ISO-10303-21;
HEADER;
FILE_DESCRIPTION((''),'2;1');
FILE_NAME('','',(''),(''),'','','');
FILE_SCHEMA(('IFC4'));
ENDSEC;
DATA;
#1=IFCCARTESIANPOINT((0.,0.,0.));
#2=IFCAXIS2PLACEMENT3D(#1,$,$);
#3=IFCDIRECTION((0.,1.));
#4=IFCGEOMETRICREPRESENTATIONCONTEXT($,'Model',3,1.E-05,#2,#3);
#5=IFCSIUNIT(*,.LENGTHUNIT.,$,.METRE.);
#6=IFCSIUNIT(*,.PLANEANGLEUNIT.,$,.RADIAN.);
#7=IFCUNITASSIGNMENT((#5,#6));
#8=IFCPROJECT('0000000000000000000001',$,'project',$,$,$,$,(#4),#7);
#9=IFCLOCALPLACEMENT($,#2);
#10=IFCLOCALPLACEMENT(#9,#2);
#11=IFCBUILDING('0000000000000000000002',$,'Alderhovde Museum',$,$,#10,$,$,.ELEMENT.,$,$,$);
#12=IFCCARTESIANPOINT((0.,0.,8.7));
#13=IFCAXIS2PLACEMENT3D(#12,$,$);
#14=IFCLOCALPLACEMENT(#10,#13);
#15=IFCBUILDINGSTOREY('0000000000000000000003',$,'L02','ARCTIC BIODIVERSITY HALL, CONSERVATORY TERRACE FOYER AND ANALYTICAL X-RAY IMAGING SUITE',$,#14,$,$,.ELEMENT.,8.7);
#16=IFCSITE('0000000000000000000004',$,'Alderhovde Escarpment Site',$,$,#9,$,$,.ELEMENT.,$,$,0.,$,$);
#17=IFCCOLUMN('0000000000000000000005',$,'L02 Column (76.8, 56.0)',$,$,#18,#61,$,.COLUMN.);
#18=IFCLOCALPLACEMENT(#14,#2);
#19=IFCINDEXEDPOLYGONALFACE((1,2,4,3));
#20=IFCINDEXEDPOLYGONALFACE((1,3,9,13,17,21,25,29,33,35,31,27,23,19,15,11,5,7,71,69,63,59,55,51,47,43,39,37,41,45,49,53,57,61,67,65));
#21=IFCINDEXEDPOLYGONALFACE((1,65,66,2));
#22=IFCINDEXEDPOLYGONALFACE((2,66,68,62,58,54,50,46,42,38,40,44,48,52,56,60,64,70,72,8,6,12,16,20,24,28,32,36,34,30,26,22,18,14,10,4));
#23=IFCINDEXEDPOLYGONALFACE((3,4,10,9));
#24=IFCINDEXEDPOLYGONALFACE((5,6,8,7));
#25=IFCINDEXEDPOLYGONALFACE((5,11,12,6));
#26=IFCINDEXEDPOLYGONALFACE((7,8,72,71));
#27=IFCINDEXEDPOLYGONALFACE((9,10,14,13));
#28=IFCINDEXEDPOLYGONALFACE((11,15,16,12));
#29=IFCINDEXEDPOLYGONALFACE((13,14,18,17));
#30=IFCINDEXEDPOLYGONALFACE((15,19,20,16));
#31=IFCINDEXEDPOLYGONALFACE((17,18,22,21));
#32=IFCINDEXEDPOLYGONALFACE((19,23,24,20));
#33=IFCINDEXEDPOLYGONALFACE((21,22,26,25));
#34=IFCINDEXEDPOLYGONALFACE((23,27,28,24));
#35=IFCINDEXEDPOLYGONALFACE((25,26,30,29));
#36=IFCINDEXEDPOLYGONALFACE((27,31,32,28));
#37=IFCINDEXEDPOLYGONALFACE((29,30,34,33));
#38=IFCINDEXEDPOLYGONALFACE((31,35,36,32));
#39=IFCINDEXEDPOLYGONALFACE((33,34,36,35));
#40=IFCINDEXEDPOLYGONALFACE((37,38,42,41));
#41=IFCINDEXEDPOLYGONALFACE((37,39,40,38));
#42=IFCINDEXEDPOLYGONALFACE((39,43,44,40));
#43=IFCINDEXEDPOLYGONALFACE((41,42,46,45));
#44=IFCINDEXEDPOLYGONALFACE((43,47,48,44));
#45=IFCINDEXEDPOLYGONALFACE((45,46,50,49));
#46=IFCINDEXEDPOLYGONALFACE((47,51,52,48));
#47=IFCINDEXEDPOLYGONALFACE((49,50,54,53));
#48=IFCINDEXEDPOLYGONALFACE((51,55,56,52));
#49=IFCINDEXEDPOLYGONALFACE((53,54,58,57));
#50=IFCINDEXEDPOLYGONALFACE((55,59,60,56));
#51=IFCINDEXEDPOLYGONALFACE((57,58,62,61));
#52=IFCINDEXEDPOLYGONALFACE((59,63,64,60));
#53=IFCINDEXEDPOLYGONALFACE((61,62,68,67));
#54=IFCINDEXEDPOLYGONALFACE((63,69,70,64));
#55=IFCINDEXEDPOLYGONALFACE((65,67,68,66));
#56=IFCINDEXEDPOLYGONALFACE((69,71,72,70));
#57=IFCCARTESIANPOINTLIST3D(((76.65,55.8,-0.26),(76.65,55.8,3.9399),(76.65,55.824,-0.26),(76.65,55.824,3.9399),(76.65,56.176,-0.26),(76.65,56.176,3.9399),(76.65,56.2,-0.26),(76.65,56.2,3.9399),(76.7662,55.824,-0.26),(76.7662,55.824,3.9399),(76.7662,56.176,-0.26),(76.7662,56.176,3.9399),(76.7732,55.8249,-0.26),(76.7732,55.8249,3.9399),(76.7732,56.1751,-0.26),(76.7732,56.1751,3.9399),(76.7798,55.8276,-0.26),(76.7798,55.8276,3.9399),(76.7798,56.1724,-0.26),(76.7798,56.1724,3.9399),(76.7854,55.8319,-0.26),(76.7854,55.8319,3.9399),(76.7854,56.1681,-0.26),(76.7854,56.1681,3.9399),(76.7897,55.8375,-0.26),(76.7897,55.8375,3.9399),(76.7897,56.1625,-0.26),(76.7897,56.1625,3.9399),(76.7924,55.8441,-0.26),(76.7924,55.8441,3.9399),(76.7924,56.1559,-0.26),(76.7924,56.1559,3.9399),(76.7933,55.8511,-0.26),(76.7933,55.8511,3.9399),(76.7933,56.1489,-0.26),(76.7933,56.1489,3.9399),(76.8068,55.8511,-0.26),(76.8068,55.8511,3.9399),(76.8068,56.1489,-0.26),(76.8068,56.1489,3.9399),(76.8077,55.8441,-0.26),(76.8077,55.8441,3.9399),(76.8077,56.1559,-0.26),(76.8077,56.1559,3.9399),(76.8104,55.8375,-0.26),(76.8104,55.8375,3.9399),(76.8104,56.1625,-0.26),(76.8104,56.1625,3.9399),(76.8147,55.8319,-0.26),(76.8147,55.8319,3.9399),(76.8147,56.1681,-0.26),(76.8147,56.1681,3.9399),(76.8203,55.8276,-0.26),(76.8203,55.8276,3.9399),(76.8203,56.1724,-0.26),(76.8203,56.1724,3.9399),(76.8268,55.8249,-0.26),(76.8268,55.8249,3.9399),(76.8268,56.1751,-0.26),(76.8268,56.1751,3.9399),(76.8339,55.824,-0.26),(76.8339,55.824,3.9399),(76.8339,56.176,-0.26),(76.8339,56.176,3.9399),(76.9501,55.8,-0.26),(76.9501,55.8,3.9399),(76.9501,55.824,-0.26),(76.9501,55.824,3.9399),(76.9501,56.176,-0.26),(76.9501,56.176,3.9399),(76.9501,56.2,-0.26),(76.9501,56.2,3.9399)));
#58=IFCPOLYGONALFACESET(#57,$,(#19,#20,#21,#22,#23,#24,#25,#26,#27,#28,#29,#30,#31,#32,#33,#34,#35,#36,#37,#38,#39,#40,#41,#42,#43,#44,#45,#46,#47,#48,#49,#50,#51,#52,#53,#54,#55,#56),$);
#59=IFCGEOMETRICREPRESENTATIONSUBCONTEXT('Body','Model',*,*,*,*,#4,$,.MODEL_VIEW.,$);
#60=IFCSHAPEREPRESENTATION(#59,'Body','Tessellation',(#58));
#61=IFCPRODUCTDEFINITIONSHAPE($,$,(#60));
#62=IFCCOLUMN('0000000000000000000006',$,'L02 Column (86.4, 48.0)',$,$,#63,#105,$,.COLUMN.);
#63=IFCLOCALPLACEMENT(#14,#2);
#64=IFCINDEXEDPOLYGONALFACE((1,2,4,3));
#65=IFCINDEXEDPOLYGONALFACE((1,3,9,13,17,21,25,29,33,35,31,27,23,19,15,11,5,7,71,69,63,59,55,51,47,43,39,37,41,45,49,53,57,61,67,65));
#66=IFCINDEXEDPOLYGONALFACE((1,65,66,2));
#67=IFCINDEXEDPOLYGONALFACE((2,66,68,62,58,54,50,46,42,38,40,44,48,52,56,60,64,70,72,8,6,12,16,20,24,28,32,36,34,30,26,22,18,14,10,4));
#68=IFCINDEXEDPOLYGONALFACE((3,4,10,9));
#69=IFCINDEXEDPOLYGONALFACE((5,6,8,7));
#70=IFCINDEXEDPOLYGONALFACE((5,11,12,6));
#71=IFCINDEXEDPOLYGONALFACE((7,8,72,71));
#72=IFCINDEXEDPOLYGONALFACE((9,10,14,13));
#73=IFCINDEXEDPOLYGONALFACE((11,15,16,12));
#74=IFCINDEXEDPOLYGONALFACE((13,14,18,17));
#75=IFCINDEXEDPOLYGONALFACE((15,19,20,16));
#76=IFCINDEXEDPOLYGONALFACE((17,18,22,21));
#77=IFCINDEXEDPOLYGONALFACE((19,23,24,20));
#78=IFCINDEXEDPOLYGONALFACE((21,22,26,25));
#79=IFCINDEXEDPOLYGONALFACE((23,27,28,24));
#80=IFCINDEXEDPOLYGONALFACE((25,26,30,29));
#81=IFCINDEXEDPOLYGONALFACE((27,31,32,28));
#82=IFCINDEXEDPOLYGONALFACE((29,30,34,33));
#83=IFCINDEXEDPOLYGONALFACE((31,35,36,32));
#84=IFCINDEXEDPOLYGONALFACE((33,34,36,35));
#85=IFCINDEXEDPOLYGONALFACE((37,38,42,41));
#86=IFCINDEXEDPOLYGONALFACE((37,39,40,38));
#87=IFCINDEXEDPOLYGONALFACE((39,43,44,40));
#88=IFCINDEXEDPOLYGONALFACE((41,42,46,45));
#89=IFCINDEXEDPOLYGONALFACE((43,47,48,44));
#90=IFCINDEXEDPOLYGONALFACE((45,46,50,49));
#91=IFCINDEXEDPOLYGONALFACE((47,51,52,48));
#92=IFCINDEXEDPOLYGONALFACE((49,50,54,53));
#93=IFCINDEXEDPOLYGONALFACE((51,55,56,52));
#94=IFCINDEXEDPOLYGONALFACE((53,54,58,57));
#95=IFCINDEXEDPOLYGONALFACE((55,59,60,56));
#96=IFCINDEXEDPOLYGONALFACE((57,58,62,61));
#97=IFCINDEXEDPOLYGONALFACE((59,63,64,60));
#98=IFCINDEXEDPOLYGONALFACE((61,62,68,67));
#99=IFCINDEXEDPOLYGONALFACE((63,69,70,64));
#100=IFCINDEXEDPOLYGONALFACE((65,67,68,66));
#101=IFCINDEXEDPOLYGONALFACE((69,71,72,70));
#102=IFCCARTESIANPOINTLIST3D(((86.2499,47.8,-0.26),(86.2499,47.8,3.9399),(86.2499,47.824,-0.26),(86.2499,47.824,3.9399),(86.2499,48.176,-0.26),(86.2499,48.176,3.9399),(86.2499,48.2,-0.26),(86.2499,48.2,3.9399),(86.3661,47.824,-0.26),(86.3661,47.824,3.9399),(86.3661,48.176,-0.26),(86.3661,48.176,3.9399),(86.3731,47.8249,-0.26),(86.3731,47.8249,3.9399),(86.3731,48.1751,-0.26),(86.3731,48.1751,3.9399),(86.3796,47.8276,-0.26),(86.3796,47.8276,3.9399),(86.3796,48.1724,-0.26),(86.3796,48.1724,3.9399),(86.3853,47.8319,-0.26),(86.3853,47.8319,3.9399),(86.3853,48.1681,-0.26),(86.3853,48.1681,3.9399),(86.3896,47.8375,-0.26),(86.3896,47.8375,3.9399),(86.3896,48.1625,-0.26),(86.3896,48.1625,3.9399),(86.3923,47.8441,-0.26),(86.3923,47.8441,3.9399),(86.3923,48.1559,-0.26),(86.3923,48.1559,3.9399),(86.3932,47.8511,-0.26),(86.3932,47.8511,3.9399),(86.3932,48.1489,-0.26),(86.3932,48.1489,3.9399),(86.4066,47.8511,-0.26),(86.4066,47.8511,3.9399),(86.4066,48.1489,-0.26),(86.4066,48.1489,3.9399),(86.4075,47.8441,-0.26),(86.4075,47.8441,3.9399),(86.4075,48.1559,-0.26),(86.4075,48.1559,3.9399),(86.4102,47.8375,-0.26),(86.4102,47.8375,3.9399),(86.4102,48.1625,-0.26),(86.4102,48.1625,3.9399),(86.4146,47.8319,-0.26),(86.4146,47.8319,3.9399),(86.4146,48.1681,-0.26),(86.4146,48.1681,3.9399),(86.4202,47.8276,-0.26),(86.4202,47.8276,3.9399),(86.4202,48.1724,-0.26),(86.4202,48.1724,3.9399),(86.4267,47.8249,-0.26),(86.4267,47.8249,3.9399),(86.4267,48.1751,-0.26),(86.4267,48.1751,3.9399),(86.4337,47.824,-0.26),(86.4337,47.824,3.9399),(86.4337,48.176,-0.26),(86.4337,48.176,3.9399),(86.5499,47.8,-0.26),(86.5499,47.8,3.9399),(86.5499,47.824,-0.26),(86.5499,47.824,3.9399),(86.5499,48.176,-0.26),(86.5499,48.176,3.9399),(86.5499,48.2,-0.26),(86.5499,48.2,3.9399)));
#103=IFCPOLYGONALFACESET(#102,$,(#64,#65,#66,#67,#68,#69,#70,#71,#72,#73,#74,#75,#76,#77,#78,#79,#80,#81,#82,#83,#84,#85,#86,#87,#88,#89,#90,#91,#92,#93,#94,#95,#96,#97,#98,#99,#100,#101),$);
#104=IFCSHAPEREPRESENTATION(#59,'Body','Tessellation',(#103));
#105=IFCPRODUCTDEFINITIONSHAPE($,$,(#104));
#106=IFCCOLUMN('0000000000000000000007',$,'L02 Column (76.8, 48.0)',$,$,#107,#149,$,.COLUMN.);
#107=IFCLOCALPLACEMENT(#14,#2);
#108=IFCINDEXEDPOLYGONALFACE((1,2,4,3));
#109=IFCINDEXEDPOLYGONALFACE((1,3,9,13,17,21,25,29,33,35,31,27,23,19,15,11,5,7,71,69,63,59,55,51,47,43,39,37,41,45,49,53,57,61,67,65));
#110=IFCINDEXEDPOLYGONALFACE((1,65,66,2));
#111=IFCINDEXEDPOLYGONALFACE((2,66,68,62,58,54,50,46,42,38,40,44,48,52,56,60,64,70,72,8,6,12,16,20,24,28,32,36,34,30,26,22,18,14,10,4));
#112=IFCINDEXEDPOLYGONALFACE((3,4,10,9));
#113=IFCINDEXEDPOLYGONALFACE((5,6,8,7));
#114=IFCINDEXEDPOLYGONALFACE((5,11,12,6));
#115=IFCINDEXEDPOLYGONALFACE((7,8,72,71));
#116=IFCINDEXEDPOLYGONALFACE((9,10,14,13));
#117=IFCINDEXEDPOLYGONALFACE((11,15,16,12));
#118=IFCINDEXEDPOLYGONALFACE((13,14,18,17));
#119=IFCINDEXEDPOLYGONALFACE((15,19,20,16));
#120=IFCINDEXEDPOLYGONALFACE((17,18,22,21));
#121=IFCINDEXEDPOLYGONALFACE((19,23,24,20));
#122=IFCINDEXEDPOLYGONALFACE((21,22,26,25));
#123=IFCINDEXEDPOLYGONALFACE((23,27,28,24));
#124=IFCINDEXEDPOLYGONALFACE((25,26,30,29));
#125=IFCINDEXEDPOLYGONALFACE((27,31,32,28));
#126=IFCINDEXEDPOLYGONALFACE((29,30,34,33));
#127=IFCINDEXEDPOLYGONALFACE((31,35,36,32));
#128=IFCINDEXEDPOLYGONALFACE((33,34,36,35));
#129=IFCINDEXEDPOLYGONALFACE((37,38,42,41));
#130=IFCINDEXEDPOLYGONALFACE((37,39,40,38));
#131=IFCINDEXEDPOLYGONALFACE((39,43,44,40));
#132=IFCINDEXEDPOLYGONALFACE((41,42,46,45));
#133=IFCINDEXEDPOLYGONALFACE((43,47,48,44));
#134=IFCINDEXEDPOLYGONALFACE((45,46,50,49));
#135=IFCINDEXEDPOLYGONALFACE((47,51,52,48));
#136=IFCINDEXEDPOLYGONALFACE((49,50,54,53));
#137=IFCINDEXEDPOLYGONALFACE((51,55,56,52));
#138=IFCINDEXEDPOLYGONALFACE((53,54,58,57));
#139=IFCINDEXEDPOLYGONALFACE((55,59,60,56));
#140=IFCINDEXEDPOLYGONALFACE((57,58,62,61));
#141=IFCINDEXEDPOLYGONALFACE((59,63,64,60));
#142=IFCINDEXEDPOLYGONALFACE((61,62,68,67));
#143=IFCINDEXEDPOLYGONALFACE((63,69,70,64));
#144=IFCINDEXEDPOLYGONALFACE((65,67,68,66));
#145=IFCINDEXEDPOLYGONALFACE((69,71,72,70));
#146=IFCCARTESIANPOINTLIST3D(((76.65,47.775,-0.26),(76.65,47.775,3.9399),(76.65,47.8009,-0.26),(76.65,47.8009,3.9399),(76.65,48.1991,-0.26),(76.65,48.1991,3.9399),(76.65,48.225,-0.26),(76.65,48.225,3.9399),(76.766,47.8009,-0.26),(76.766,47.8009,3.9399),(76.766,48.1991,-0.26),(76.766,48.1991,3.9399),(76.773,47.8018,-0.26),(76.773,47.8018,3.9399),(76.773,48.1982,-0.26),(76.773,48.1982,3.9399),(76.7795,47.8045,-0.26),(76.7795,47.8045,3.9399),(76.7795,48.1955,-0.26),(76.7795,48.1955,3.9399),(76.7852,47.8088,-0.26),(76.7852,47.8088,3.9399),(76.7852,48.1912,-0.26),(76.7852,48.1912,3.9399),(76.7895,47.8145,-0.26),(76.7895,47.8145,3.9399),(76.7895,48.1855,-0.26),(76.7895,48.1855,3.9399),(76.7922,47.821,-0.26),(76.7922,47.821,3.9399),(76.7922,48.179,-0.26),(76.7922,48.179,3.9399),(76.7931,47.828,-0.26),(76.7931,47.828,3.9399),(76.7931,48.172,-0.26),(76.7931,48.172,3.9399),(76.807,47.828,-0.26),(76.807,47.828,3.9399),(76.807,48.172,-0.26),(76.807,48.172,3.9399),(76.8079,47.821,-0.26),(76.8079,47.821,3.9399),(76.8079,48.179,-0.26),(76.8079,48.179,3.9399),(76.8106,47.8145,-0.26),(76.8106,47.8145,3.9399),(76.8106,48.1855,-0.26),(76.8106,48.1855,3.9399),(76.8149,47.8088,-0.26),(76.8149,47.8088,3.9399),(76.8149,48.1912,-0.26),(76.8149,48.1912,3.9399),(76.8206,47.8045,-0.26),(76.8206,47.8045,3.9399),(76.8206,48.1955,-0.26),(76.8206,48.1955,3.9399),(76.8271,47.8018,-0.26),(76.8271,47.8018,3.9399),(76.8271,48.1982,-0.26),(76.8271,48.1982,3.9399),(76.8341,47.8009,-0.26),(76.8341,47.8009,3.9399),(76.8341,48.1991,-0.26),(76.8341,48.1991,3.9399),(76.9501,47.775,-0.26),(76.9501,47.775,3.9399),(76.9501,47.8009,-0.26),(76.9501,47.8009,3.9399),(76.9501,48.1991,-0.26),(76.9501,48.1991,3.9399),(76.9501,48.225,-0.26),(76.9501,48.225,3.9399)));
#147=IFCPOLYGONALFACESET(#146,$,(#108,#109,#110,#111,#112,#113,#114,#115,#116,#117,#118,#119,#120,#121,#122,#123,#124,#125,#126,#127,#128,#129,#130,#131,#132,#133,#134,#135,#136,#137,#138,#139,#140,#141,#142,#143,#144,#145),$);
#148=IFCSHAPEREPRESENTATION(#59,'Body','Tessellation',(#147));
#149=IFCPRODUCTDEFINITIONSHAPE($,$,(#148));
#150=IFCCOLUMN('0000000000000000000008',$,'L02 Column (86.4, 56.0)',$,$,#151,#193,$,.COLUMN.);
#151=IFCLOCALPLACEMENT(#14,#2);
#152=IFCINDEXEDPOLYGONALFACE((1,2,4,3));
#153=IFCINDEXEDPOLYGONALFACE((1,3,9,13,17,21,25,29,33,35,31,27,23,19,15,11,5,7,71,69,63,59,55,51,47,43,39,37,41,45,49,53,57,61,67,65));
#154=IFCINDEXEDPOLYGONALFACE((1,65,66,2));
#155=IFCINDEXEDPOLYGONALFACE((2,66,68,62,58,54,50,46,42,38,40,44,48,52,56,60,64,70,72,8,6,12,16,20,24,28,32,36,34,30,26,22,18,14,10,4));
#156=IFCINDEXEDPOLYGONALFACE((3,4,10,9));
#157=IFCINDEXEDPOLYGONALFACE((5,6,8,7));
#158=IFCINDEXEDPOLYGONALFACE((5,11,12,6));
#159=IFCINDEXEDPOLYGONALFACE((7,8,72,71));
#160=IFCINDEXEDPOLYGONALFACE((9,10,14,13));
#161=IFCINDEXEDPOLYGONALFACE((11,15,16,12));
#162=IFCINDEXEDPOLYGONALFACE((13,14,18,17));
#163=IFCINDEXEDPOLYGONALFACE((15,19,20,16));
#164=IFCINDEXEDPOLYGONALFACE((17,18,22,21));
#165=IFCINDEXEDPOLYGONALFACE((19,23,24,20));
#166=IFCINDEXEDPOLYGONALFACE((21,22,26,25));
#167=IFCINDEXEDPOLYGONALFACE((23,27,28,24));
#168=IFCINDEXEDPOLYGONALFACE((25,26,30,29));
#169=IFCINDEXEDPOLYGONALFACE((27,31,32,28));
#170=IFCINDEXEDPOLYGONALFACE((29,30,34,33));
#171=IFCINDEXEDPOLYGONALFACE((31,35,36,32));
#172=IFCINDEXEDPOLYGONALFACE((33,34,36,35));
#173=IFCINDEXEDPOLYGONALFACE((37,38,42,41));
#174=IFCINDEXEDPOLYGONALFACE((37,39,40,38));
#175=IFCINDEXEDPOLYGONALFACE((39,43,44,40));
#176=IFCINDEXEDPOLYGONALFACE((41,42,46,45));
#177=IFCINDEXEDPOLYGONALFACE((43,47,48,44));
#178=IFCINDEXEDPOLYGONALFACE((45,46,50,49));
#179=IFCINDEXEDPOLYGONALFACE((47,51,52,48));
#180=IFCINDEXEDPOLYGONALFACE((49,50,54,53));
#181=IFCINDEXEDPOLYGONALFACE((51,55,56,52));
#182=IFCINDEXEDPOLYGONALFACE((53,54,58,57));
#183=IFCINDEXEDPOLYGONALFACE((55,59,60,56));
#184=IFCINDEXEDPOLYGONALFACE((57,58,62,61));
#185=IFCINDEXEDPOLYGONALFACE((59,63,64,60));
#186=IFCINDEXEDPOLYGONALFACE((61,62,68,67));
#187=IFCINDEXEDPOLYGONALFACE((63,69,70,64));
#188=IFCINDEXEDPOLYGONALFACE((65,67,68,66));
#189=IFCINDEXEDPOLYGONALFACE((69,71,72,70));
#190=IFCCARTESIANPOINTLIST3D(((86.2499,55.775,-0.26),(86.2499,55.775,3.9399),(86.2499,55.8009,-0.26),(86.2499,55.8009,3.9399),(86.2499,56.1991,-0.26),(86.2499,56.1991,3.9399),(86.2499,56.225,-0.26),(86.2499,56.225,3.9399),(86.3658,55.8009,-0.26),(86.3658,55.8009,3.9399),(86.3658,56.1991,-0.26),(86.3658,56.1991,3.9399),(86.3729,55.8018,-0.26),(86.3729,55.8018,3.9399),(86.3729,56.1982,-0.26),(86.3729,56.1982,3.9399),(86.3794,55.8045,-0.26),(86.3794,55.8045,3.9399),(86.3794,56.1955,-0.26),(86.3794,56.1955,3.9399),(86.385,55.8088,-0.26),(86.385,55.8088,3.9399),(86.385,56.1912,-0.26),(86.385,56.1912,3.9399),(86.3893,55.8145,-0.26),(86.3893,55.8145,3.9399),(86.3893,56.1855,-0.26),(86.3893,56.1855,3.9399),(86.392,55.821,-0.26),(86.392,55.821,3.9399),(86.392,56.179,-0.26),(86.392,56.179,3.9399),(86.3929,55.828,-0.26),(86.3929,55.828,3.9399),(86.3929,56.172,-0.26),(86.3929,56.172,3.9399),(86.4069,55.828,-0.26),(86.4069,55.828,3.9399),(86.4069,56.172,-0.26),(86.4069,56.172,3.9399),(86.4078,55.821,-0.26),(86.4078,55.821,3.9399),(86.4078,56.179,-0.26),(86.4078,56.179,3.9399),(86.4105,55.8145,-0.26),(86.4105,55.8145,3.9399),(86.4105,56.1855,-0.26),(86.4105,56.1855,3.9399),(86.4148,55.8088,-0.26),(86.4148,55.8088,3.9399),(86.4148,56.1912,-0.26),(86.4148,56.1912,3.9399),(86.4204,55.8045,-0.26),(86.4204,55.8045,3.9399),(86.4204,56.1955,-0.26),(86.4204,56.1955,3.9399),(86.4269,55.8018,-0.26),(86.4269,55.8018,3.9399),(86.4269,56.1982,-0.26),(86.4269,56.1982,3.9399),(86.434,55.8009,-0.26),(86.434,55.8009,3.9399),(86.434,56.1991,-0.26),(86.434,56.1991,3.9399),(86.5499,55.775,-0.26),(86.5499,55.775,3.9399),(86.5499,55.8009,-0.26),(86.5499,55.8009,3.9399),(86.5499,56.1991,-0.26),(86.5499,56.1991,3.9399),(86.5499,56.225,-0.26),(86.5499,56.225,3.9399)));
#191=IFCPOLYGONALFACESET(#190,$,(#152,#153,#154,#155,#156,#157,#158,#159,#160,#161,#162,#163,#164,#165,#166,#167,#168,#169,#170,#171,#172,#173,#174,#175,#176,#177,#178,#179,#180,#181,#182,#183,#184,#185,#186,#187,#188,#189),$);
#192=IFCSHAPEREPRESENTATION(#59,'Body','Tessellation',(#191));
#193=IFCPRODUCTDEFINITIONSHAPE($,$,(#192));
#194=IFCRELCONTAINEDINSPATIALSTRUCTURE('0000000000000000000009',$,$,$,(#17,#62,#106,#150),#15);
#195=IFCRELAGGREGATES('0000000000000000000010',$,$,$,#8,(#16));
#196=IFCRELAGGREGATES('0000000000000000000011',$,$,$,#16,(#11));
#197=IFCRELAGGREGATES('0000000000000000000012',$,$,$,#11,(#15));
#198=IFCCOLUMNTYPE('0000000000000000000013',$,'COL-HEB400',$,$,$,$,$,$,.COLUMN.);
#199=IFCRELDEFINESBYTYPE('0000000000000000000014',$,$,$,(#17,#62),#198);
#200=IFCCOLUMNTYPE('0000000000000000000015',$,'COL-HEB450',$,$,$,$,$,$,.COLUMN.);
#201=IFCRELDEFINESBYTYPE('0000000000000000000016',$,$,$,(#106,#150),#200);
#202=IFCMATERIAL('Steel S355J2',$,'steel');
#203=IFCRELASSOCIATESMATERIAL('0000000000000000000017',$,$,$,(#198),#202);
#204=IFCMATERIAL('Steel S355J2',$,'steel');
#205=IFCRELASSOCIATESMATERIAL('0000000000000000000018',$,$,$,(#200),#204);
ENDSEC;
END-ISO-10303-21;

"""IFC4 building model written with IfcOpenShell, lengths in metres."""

from ifc_helpers import new_model, si_unit, direction, frame, origin, origin_2d, place, context, subcontext, project, spatial, i_section, extrude, material, material_profile, profile_set, type_object, element, save


model = new_model("IFC4")

# Units and contexts
model_context = context("Model", 3, precision=1e-05, world=origin(), true_north=direction((0.0, 1.0)))
body_context = subcontext(model_context, "Body", "Model", "MODEL_VIEW")
ifc_project = project(units=[si_unit("LENGTHUNIT", "METRE"), si_unit("PLANEANGLEUNIT", "RADIAN")], contexts=[model_context])

# Site, building, storey
site_placement = place(None, origin())
site = spatial("IfcSite", under=ifc_project, at=site_placement, Name="Alderhovde Escarpment Site", CompositionType="ELEMENT", RefElevation=0.0)
building_placement = place(site_placement, origin())
building = spatial("IfcBuilding", under=site, at=building_placement, Name="Alderhovde Museum", CompositionType="ELEMENT")
storey_placement = place(building_placement, frame((0.0, 0.0, 8.7)))
storey = spatial("IfcBuildingStorey", under=building, at=storey_placement, Name="L02", Description="ARCTIC BIODIVERSITY HALL, CONSERVATORY TERRACE FOYER AND ANALYTICAL X-RAY IMAGING SUITE", CompositionType="ELEMENT", Elevation=8.7)

# Columns
ifc_material_1 = material(Name="Steel S355J2", Category="steel")
ifc_material_profile_1 = material_profile(ifc_material_1, i_section(OverallWidth=0.3, OverallDepth=0.3999, WebThickness=0.0134, FlangeThickness=0.0239, FilletRadius=0.0271, at=origin_2d()), Name="HEB 400")
ifc_profile_set_1 = profile_set([ifc_material_profile_1], Name="Steel S355J2")
column_type_1 = type_object("IfcColumnType", Name="COL-HEB400", PredefinedType="COLUMN", material=ifc_profile_set_1)
for number, where, z_axis, x_axis, name in (
    (1, (76.8, 56.0, -0.26), (0.0, 0.0, 1.0), (1.0, 0.0, 0.0), "L02 Column (76.8, 56.0)"),
    (2, (86.3999, 48.0, -0.26), (0.0, 0.0, 1.0), (1.0, 0.0, 0.0), "L02 Column (86.4, 48.0)"),
):
    element("IfcColumn", number, at=place(storey_placement, frame(where, z_axis=z_axis, x_axis=x_axis)), inside=storey, type_object=column_type_1, Name=name, PredefinedType="COLUMN", context=body_context, shape_type="SweptSolid", body=[
        extrude(i_section(OverallWidth=0.3, OverallDepth=0.3999, WebThickness=0.0134, FlangeThickness=0.0239, FilletRadius=0.0271, at=origin_2d()), origin(), (0.0, 0.0, 1.0), 4.2),
    ])
ifc_material_2 = material(Name="Steel S355J2", Category="steel")
ifc_material_profile_2 = material_profile(ifc_material_2, i_section(OverallWidth=0.3, OverallDepth=0.45, WebThickness=0.0139, FlangeThickness=0.0259, FilletRadius=0.0271, at=origin_2d()), Name="HEB 450")
ifc_profile_set_2 = profile_set([ifc_material_profile_2], Name="Steel S355J2")
column_type_2 = type_object("IfcColumnType", Name="COL-HEB450", PredefinedType="COLUMN", material=ifc_profile_set_2)
for number, where, z_axis, x_axis, name in (
    (3, (76.8, 48.0, -0.26), (0.0, 0.0, 1.0), (1.0, 0.0, 0.0), "L02 Column (76.8, 48.0)"),
    (4, (86.3999, 56.0, -0.26), (0.0, 0.0, 1.0), (1.0, 0.0, 0.0), "L02 Column (86.4, 56.0)"),
):
    element("IfcColumn", number, at=place(storey_placement, frame(where, z_axis=z_axis, x_axis=x_axis)), inside=storey, type_object=column_type_2, Name=name, PredefinedType="COLUMN", context=body_context, shape_type="SweptSolid", body=[
        extrude(i_section(OverallWidth=0.3, OverallDepth=0.45, WebThickness=0.0139, FlangeThickness=0.0259, FilletRadius=0.0271, at=origin_2d()), origin(), (0.0, 0.0, 1.0), 4.2),
    ])

save(model, "model.ifc")
